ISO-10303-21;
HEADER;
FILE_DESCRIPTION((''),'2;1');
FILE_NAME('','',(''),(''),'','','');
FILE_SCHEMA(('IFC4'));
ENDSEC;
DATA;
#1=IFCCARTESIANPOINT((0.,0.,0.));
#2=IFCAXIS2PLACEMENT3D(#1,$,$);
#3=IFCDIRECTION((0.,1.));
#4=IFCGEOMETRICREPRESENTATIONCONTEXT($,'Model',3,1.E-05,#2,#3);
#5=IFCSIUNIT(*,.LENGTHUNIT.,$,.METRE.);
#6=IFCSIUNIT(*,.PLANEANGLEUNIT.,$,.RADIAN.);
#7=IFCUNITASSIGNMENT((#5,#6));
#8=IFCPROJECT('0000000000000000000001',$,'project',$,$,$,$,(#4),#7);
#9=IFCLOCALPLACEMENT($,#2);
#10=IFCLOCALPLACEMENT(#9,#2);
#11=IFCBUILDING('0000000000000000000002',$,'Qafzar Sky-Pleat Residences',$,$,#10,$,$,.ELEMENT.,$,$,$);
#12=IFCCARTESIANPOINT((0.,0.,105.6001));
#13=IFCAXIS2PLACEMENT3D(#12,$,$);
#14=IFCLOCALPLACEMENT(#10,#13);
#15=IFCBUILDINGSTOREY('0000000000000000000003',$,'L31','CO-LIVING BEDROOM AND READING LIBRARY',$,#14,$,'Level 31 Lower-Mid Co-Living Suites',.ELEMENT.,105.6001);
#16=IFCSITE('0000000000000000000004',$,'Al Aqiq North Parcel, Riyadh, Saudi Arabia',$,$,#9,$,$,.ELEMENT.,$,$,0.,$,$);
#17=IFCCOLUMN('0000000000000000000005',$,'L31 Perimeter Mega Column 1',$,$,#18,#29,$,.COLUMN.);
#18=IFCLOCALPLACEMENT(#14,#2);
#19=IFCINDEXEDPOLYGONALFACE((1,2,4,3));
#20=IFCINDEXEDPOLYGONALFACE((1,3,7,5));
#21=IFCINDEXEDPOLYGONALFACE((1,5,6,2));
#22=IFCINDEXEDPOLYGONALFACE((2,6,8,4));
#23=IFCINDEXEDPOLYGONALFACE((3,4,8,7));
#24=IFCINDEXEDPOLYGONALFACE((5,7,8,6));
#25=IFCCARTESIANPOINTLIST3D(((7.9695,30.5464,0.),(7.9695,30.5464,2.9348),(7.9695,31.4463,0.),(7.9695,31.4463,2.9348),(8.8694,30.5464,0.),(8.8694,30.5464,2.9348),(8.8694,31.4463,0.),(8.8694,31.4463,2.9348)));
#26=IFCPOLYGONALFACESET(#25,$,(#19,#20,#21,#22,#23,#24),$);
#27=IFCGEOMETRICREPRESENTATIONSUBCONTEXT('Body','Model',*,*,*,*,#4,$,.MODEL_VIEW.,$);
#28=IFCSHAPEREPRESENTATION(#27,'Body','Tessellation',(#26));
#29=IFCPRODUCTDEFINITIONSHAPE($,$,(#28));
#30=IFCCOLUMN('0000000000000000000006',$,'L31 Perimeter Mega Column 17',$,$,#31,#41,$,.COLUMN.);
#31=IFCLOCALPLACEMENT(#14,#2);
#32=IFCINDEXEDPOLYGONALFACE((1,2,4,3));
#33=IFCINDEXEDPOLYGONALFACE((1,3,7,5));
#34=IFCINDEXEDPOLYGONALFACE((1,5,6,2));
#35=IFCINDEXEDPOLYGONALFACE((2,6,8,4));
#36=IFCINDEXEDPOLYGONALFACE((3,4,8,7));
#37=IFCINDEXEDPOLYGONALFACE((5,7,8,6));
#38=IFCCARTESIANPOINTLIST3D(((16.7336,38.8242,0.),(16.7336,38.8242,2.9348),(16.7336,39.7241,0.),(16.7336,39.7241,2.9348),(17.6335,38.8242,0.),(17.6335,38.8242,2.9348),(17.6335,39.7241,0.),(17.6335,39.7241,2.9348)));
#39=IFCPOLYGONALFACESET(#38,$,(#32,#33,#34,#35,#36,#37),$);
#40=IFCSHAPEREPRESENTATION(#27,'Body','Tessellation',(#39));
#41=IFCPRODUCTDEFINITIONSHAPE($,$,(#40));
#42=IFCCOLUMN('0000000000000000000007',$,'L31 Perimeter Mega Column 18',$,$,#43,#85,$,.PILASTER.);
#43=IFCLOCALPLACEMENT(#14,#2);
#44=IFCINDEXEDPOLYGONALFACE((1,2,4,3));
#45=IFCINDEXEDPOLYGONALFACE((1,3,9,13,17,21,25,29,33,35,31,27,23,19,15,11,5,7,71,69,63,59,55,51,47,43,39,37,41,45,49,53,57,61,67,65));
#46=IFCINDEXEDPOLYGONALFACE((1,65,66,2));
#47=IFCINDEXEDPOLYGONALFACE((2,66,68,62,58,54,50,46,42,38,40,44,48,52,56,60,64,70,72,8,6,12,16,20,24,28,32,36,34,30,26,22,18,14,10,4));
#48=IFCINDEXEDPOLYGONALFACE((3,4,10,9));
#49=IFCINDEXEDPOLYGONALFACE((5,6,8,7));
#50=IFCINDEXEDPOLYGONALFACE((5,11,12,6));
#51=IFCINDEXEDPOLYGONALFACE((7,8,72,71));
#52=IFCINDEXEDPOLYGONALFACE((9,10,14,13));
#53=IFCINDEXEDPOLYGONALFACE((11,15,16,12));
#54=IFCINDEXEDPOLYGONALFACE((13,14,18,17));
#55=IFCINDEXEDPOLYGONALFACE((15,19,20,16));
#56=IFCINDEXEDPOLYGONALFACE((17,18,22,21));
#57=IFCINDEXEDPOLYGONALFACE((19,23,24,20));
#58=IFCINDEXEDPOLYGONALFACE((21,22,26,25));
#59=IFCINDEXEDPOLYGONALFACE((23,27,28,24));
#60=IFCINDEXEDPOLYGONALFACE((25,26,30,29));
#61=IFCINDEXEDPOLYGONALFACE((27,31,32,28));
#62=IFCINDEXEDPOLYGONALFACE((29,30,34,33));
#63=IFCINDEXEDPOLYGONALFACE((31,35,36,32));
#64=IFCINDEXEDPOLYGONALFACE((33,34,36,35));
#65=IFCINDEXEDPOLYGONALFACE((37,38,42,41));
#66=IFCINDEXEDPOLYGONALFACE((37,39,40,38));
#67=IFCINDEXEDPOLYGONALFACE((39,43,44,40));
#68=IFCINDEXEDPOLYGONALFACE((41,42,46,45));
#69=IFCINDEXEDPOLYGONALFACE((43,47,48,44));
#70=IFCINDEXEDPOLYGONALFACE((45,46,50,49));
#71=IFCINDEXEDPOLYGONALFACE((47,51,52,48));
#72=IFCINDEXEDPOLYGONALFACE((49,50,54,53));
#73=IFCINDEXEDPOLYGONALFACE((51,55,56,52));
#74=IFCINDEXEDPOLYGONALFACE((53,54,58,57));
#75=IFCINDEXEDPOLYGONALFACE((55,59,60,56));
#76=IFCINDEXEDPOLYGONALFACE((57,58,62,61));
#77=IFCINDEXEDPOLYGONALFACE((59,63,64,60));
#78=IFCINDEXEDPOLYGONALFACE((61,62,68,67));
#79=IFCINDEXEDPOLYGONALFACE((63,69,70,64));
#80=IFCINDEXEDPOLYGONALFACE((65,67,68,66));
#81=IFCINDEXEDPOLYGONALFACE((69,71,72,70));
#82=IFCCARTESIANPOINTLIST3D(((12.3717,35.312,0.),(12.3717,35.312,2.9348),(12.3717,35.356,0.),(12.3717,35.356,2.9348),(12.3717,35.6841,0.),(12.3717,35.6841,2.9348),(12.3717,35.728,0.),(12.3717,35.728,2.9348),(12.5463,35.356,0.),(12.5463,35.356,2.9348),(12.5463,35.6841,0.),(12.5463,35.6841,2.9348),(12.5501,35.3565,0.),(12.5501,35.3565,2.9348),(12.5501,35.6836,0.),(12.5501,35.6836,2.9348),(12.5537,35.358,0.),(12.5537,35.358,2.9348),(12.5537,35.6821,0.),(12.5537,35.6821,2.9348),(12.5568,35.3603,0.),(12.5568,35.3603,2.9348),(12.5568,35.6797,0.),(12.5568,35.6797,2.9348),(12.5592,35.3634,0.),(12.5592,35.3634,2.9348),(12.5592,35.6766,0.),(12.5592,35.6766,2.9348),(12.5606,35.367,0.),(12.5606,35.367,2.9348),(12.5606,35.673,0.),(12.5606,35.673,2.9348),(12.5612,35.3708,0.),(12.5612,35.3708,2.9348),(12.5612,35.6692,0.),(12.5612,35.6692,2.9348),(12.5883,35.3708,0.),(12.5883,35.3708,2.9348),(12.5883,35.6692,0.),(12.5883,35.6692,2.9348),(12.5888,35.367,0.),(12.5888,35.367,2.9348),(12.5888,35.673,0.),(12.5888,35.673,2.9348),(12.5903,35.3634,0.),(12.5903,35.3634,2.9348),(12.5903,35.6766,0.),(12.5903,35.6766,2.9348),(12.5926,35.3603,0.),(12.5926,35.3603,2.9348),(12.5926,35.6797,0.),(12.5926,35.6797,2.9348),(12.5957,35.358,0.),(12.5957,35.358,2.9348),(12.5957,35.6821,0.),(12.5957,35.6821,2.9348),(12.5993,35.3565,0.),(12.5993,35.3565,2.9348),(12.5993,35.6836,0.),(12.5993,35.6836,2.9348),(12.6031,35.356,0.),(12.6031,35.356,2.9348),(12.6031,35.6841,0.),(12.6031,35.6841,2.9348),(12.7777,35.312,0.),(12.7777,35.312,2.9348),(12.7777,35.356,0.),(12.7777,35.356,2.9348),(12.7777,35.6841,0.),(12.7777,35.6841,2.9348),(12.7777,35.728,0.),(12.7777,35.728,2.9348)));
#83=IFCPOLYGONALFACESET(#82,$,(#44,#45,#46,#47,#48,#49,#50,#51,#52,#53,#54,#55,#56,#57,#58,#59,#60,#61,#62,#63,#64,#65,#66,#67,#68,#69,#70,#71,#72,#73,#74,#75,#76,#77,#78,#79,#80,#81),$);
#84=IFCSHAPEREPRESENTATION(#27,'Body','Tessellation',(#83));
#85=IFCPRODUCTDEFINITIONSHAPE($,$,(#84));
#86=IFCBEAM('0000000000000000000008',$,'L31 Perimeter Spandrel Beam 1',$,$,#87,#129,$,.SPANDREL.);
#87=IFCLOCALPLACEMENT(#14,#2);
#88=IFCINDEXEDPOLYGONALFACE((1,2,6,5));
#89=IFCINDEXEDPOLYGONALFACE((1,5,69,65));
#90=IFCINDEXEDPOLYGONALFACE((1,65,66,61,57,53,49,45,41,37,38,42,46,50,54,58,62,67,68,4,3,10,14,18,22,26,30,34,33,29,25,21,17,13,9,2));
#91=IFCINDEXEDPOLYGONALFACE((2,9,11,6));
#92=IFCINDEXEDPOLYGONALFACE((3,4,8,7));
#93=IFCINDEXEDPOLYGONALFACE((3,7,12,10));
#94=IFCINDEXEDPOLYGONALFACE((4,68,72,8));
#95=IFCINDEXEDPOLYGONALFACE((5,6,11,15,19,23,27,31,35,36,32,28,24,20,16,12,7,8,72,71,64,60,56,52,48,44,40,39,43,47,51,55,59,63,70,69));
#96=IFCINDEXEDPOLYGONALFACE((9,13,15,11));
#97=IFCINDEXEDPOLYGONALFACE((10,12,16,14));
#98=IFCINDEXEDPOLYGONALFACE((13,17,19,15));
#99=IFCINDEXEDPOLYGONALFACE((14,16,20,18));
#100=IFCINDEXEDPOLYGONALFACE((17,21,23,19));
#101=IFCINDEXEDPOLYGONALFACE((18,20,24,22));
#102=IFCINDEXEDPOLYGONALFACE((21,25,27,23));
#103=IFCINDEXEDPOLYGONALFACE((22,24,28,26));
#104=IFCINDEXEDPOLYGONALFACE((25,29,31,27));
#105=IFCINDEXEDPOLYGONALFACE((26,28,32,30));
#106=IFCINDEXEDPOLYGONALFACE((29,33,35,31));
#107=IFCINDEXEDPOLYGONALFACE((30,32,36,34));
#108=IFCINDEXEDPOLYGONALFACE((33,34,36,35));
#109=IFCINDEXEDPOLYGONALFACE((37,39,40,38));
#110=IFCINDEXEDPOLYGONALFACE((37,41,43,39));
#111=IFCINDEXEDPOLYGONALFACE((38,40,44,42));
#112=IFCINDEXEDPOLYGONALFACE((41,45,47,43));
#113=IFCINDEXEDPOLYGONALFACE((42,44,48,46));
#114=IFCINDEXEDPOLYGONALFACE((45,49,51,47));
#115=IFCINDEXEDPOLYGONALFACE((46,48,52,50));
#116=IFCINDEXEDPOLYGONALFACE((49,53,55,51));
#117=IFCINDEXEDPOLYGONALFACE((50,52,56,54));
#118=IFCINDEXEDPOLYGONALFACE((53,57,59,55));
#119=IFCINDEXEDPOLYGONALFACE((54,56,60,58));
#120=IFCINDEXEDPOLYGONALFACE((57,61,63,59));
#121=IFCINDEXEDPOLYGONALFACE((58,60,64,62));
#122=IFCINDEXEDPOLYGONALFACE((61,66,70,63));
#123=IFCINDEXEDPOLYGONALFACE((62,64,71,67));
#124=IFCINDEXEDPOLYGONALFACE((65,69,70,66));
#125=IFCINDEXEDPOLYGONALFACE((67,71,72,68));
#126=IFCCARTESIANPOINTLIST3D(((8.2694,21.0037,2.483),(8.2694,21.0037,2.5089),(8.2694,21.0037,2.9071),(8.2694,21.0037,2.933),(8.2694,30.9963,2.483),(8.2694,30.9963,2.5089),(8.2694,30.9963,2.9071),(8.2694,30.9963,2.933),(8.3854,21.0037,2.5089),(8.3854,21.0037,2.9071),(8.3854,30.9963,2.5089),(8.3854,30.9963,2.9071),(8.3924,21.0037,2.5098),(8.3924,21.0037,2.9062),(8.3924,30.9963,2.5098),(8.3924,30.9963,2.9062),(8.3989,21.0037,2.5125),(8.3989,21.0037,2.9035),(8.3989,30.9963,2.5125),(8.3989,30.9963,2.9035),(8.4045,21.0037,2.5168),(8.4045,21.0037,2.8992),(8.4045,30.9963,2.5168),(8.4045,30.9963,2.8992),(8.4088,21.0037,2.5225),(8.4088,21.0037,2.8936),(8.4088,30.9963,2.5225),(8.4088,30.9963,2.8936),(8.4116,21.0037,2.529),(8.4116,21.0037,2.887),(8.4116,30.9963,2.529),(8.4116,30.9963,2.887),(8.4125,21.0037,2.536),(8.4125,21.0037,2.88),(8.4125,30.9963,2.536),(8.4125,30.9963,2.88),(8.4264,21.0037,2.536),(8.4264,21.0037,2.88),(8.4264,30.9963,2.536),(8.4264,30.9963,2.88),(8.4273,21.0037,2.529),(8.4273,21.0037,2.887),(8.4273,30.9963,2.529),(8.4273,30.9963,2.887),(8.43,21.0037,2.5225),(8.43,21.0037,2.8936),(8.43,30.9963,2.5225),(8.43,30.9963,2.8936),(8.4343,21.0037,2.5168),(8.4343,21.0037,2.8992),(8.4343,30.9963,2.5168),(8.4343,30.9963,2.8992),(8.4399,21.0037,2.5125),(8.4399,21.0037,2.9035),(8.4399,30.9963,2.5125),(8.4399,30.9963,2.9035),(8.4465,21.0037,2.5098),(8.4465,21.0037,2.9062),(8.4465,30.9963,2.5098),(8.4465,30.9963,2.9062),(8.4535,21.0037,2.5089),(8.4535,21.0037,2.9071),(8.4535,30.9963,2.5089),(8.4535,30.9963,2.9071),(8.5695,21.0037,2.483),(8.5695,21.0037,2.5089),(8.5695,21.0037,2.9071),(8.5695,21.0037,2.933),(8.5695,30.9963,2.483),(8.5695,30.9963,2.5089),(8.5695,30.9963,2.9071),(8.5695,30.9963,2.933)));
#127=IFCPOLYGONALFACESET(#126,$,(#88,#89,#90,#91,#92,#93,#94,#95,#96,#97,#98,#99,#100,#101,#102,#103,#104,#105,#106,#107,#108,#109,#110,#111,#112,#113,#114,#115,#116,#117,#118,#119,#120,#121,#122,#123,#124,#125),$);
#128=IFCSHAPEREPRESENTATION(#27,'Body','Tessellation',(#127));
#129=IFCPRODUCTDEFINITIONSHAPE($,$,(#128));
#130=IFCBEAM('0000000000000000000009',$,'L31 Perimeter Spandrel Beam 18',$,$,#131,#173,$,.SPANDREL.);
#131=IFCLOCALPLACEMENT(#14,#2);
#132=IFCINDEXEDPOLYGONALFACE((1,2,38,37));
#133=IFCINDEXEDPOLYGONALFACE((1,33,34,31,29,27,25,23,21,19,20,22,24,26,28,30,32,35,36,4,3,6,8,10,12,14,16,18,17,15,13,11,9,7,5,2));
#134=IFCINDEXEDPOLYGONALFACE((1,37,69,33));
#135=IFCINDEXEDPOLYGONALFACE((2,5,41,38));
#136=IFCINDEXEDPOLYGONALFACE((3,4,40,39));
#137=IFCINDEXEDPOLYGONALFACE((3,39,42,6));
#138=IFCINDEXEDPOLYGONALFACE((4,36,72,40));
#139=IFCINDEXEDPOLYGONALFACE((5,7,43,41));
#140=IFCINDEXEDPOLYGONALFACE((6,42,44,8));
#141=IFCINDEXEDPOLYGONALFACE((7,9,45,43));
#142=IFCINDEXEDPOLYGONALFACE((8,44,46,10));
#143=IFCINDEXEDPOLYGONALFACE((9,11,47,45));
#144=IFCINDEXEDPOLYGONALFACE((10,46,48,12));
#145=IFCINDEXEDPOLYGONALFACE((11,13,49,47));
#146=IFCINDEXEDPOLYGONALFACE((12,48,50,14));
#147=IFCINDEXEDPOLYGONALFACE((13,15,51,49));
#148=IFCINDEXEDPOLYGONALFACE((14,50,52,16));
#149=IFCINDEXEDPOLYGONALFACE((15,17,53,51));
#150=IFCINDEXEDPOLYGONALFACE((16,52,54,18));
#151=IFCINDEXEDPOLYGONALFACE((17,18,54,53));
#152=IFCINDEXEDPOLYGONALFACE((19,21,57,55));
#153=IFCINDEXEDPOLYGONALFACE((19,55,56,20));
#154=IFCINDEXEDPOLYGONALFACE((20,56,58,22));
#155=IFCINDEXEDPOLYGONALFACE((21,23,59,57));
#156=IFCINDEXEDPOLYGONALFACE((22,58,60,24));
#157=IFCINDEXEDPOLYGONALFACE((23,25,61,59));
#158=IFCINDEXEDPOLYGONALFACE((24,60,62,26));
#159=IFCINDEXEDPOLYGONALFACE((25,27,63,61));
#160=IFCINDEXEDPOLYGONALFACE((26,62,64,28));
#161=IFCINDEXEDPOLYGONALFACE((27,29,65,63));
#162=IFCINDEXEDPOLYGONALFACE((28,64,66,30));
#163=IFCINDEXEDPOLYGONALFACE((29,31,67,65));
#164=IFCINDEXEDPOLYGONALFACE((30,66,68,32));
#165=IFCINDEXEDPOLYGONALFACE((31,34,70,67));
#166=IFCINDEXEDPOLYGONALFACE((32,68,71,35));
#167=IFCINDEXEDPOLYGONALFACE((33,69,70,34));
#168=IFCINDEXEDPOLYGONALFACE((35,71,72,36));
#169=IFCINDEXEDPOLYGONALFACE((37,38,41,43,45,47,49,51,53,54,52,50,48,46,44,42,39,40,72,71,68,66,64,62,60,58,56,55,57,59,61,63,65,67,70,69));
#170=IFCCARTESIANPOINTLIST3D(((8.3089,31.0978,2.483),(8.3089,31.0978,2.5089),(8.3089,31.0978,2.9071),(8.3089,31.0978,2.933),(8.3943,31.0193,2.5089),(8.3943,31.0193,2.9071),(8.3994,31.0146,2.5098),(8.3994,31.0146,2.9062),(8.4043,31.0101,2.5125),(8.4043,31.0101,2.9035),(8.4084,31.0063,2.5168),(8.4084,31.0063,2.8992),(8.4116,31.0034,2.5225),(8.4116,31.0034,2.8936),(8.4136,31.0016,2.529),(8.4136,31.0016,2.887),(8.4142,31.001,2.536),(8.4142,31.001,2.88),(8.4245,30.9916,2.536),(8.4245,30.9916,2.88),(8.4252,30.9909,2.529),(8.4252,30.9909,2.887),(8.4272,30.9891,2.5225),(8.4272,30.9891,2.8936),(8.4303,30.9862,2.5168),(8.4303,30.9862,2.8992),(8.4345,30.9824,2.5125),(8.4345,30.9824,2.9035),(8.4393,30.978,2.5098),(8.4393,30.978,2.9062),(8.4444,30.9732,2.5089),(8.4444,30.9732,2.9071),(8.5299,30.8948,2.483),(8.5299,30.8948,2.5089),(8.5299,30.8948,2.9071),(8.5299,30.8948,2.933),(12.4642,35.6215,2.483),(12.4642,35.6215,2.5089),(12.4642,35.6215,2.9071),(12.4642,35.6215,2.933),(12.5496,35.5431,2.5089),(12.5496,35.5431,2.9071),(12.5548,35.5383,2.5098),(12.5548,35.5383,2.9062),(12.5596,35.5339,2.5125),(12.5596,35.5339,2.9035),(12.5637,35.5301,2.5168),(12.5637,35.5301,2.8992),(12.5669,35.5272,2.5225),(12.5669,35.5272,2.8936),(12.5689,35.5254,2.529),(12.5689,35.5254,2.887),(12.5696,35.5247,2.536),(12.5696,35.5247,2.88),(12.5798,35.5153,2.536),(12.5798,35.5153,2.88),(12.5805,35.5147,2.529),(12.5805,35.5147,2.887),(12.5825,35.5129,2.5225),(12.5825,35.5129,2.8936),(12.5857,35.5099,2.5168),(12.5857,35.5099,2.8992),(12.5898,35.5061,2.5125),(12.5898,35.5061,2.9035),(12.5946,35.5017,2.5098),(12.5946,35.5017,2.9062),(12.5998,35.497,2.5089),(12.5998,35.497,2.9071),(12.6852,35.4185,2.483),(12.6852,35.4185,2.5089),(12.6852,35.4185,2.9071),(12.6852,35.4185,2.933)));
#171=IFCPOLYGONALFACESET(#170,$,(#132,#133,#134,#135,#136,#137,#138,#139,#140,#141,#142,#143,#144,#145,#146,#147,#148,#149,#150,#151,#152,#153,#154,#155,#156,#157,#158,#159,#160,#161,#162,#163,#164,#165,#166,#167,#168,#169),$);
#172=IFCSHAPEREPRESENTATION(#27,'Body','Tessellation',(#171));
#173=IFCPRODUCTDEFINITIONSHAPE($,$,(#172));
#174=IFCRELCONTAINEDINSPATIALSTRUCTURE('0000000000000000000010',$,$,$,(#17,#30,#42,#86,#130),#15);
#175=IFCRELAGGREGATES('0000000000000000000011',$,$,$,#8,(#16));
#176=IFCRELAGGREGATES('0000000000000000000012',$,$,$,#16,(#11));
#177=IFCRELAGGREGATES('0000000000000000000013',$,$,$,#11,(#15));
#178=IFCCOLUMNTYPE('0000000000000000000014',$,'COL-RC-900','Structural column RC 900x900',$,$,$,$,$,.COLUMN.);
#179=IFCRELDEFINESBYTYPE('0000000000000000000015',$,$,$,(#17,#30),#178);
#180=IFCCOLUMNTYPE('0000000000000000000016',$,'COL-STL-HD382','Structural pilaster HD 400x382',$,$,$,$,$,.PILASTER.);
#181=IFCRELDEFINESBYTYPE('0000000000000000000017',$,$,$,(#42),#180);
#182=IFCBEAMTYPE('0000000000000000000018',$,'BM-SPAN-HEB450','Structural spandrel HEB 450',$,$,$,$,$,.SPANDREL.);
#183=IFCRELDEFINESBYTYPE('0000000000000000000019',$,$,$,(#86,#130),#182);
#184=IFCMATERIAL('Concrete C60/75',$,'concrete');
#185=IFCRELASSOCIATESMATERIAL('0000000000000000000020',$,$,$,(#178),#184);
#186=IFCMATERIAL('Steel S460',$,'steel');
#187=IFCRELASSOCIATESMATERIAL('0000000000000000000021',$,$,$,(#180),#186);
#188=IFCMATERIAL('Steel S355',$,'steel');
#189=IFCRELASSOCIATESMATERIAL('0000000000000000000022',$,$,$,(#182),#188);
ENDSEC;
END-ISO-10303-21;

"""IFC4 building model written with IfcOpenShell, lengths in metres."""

from ifc_helpers import new_model, si_unit, direction, frame, origin, origin_2d, place, context, subcontext, project, spatial, rectangle, i_section, extrude, source, transform, mapped, material, material_profile, profile_set, type_object, element, save


model = new_model("IFC4")

# Units and contexts
model_context = context("Model", 3, precision=1e-05, world=origin(), true_north=direction((0.0, 1.0)))
body_context = subcontext(model_context, "Body", "Model", "MODEL_VIEW")
ifc_project = project(units=[si_unit("LENGTHUNIT", "METRE"), si_unit("PLANEANGLEUNIT", "RADIAN")], contexts=[model_context])

# Site, building, storey
site_placement = place(None, origin())
site = spatial("IfcSite", under=ifc_project, at=site_placement, Name="Al Aqiq North Parcel, Riyadh, Saudi Arabia", CompositionType="ELEMENT", RefElevation=0.0)
building_placement = place(site_placement, origin())
building = spatial("IfcBuilding", under=site, at=building_placement, Name="Qafzar Sky-Pleat Residences", CompositionType="ELEMENT")
storey_placement = place(building_placement, frame((0.0, 0.0, 105.6001)))
storey = spatial("IfcBuildingStorey", under=building, at=storey_placement, Name="L31", Description="CO-LIVING BEDROOM AND READING LIBRARY", LongName="Level 31 Lower-Mid Co-Living Suites", CompositionType="ELEMENT", Elevation=105.6001)

# Columns
ifc_material_1 = material(Name="Concrete C60/75", Category="concrete")
ifc_material_profile_1 = material_profile(ifc_material_1, rectangle(XDim=0.8999, YDim=0.8999, at=origin_2d()), Name="RC 900x900")
ifc_profile_set_1 = profile_set([ifc_material_profile_1], Name="Concrete C60/75")
column_type_1 = type_object("IfcColumnType", Name="COL-RC-900", Description="Structural column RC 900x900", PredefinedType="COLUMN", material=ifc_profile_set_1)
shared_shape_1 = source(origin(), body_context, "Body", "SweptSolid", [
    extrude(rectangle(XDim=0.8999, YDim=0.8999, at=origin_2d()), origin(), (0.0, 0.0, 1.0), 2.9348),
])
for number, where, z_axis, x_axis, name in (
    (1, (8.4194, 30.9963, 0.0), (0.0, 0.0, 1.0), (1.0, 0.0, 0.0), "L31 Perimeter Mega Column 1"),
    (2, (17.1836, 39.2742, 0.0), (0.0, 0.0, 1.0), (1.0, 0.0, 0.0), "L31 Perimeter Mega Column 17"),
):
    element("IfcColumn", number, at=place(storey_placement, frame(where, z_axis=z_axis, x_axis=x_axis)), inside=storey, type_object=column_type_1, Name=name, PredefinedType="COLUMN", context=body_context, shape_type="MappedRepresentation", body=[
        mapped(shared_shape_1, transform((0.0, 0.0, 0.0), x_axis=(1.0, 0.0, 0.0), y_axis=(0.0, 1.0, 0.0), z_axis=(0.0, 0.0, 1.0), scale=1.0)),
    ])
ifc_material_2 = material(Name="Steel S460", Category="steel")
ifc_material_profile_2 = material_profile(ifc_material_2, i_section(OverallWidth=0.406, OverallDepth=0.416, WebThickness=0.0271, FlangeThickness=0.0439, FilletRadius=0.0149, at=origin_2d()), Name="HD 400x382")
ifc_profile_set_2 = profile_set([ifc_material_profile_2], Name="Steel S460")
column_type_2 = type_object("IfcColumnType", Name="COL-STL-HD382", Description="Structural pilaster HD 400x382", PredefinedType="PILASTER", material=ifc_profile_set_2)
shared_shape_2 = source(origin(), body_context, "Body", "SweptSolid", [
    extrude(i_section(OverallWidth=0.406, OverallDepth=0.416, WebThickness=0.0271, FlangeThickness=0.0439, FilletRadius=0.0149, at=origin_2d()), origin(), (0.0, 0.0, 1.0), 2.9348),
])
column_placement = place(storey_placement, frame((12.5747, 35.52, 0.0), z_axis=(0.0, 0.0, 1.0), x_axis=(1.0, 0.0, 0.0)))
element("IfcColumn", 3, at=column_placement, inside=storey, type_object=column_type_2, Name="L31 Perimeter Mega Column 18", PredefinedType="PILASTER", context=body_context, shape_type="MappedRepresentation", body=[
    mapped(shared_shape_2, transform((0.0, 0.0, 0.0), x_axis=(1.0, 0.0, 0.0), y_axis=(0.0, 1.0, 0.0), z_axis=(0.0, 0.0, 1.0), scale=1.0)),
])

# Beams
ifc_material_3 = material(Name="Steel S355", Category="steel")
ifc_material_profile_3 = material_profile(ifc_material_3, i_section(OverallWidth=0.3, OverallDepth=0.45, WebThickness=0.0139, FlangeThickness=0.0259, FilletRadius=0.0271, at=origin_2d()), Name="HEB 450")
ifc_profile_set_3 = profile_set([ifc_material_profile_3], Name="Steel S355")
beam_type_1 = type_object("IfcBeamType", Name="BM-SPAN-HEB450", Description="Structural spandrel HEB 450", PredefinedType="SPANDREL", material=ifc_profile_set_3)
shared_shape_3 = source(origin(), body_context, "Body", "SweptSolid", [
    extrude(i_section(OverallWidth=0.3, OverallDepth=0.45, WebThickness=0.0139, FlangeThickness=0.0259, FilletRadius=0.0271, at=origin_2d()), origin(), (0.0, 0.0, 1.0), 9.9927),
])
beam_1_placement = place(storey_placement, frame((8.4194, 30.9963, 2.708), z_axis=(0.0, -1.0, 0.0), x_axis=(1.0, 0.0, 0.0)))
element("IfcBeam", 4, at=beam_1_placement, inside=storey, type_object=beam_type_1, Name="L31 Perimeter Spandrel Beam 1", PredefinedType="SPANDREL", context=body_context, shape_type="MappedRepresentation", body=[
    mapped(shared_shape_3, transform((0.0, 0.0, 0.0), x_axis=(1.0, 0.0, 0.0), y_axis=(0.0, 1.0, 0.0), z_axis=(0.0, 0.0, 1.0), scale=1.0)),
])
shared_shape_4 = source(origin(), body_context, "Body", "SweptSolid", [
    extrude(i_section(OverallWidth=0.3, OverallDepth=0.45, WebThickness=0.0139, FlangeThickness=0.0259, FilletRadius=0.0271, at=origin_2d()), origin(), (0.0, 0.0, 1.0), 6.1426),
])
beam_2_placement = place(storey_placement, frame((12.5747, 35.52, 2.708), z_axis=(-0.676482, -0.736459, 0.0), x_axis=(0.736459, -0.676482, 0.0)))
element("IfcBeam", 5, at=beam_2_placement, inside=storey, type_object=beam_type_1, Name="L31 Perimeter Spandrel Beam 18", PredefinedType="SPANDREL", context=body_context, shape_type="MappedRepresentation", body=[
    mapped(shared_shape_4, transform((0.0, 0.0, 0.0), x_axis=(1.0, 0.0, 0.0), y_axis=(0.0, 1.0, 0.0), z_axis=(0.0, 0.0, 1.0), scale=1.0)),
])

save(model, "model.ifc")
